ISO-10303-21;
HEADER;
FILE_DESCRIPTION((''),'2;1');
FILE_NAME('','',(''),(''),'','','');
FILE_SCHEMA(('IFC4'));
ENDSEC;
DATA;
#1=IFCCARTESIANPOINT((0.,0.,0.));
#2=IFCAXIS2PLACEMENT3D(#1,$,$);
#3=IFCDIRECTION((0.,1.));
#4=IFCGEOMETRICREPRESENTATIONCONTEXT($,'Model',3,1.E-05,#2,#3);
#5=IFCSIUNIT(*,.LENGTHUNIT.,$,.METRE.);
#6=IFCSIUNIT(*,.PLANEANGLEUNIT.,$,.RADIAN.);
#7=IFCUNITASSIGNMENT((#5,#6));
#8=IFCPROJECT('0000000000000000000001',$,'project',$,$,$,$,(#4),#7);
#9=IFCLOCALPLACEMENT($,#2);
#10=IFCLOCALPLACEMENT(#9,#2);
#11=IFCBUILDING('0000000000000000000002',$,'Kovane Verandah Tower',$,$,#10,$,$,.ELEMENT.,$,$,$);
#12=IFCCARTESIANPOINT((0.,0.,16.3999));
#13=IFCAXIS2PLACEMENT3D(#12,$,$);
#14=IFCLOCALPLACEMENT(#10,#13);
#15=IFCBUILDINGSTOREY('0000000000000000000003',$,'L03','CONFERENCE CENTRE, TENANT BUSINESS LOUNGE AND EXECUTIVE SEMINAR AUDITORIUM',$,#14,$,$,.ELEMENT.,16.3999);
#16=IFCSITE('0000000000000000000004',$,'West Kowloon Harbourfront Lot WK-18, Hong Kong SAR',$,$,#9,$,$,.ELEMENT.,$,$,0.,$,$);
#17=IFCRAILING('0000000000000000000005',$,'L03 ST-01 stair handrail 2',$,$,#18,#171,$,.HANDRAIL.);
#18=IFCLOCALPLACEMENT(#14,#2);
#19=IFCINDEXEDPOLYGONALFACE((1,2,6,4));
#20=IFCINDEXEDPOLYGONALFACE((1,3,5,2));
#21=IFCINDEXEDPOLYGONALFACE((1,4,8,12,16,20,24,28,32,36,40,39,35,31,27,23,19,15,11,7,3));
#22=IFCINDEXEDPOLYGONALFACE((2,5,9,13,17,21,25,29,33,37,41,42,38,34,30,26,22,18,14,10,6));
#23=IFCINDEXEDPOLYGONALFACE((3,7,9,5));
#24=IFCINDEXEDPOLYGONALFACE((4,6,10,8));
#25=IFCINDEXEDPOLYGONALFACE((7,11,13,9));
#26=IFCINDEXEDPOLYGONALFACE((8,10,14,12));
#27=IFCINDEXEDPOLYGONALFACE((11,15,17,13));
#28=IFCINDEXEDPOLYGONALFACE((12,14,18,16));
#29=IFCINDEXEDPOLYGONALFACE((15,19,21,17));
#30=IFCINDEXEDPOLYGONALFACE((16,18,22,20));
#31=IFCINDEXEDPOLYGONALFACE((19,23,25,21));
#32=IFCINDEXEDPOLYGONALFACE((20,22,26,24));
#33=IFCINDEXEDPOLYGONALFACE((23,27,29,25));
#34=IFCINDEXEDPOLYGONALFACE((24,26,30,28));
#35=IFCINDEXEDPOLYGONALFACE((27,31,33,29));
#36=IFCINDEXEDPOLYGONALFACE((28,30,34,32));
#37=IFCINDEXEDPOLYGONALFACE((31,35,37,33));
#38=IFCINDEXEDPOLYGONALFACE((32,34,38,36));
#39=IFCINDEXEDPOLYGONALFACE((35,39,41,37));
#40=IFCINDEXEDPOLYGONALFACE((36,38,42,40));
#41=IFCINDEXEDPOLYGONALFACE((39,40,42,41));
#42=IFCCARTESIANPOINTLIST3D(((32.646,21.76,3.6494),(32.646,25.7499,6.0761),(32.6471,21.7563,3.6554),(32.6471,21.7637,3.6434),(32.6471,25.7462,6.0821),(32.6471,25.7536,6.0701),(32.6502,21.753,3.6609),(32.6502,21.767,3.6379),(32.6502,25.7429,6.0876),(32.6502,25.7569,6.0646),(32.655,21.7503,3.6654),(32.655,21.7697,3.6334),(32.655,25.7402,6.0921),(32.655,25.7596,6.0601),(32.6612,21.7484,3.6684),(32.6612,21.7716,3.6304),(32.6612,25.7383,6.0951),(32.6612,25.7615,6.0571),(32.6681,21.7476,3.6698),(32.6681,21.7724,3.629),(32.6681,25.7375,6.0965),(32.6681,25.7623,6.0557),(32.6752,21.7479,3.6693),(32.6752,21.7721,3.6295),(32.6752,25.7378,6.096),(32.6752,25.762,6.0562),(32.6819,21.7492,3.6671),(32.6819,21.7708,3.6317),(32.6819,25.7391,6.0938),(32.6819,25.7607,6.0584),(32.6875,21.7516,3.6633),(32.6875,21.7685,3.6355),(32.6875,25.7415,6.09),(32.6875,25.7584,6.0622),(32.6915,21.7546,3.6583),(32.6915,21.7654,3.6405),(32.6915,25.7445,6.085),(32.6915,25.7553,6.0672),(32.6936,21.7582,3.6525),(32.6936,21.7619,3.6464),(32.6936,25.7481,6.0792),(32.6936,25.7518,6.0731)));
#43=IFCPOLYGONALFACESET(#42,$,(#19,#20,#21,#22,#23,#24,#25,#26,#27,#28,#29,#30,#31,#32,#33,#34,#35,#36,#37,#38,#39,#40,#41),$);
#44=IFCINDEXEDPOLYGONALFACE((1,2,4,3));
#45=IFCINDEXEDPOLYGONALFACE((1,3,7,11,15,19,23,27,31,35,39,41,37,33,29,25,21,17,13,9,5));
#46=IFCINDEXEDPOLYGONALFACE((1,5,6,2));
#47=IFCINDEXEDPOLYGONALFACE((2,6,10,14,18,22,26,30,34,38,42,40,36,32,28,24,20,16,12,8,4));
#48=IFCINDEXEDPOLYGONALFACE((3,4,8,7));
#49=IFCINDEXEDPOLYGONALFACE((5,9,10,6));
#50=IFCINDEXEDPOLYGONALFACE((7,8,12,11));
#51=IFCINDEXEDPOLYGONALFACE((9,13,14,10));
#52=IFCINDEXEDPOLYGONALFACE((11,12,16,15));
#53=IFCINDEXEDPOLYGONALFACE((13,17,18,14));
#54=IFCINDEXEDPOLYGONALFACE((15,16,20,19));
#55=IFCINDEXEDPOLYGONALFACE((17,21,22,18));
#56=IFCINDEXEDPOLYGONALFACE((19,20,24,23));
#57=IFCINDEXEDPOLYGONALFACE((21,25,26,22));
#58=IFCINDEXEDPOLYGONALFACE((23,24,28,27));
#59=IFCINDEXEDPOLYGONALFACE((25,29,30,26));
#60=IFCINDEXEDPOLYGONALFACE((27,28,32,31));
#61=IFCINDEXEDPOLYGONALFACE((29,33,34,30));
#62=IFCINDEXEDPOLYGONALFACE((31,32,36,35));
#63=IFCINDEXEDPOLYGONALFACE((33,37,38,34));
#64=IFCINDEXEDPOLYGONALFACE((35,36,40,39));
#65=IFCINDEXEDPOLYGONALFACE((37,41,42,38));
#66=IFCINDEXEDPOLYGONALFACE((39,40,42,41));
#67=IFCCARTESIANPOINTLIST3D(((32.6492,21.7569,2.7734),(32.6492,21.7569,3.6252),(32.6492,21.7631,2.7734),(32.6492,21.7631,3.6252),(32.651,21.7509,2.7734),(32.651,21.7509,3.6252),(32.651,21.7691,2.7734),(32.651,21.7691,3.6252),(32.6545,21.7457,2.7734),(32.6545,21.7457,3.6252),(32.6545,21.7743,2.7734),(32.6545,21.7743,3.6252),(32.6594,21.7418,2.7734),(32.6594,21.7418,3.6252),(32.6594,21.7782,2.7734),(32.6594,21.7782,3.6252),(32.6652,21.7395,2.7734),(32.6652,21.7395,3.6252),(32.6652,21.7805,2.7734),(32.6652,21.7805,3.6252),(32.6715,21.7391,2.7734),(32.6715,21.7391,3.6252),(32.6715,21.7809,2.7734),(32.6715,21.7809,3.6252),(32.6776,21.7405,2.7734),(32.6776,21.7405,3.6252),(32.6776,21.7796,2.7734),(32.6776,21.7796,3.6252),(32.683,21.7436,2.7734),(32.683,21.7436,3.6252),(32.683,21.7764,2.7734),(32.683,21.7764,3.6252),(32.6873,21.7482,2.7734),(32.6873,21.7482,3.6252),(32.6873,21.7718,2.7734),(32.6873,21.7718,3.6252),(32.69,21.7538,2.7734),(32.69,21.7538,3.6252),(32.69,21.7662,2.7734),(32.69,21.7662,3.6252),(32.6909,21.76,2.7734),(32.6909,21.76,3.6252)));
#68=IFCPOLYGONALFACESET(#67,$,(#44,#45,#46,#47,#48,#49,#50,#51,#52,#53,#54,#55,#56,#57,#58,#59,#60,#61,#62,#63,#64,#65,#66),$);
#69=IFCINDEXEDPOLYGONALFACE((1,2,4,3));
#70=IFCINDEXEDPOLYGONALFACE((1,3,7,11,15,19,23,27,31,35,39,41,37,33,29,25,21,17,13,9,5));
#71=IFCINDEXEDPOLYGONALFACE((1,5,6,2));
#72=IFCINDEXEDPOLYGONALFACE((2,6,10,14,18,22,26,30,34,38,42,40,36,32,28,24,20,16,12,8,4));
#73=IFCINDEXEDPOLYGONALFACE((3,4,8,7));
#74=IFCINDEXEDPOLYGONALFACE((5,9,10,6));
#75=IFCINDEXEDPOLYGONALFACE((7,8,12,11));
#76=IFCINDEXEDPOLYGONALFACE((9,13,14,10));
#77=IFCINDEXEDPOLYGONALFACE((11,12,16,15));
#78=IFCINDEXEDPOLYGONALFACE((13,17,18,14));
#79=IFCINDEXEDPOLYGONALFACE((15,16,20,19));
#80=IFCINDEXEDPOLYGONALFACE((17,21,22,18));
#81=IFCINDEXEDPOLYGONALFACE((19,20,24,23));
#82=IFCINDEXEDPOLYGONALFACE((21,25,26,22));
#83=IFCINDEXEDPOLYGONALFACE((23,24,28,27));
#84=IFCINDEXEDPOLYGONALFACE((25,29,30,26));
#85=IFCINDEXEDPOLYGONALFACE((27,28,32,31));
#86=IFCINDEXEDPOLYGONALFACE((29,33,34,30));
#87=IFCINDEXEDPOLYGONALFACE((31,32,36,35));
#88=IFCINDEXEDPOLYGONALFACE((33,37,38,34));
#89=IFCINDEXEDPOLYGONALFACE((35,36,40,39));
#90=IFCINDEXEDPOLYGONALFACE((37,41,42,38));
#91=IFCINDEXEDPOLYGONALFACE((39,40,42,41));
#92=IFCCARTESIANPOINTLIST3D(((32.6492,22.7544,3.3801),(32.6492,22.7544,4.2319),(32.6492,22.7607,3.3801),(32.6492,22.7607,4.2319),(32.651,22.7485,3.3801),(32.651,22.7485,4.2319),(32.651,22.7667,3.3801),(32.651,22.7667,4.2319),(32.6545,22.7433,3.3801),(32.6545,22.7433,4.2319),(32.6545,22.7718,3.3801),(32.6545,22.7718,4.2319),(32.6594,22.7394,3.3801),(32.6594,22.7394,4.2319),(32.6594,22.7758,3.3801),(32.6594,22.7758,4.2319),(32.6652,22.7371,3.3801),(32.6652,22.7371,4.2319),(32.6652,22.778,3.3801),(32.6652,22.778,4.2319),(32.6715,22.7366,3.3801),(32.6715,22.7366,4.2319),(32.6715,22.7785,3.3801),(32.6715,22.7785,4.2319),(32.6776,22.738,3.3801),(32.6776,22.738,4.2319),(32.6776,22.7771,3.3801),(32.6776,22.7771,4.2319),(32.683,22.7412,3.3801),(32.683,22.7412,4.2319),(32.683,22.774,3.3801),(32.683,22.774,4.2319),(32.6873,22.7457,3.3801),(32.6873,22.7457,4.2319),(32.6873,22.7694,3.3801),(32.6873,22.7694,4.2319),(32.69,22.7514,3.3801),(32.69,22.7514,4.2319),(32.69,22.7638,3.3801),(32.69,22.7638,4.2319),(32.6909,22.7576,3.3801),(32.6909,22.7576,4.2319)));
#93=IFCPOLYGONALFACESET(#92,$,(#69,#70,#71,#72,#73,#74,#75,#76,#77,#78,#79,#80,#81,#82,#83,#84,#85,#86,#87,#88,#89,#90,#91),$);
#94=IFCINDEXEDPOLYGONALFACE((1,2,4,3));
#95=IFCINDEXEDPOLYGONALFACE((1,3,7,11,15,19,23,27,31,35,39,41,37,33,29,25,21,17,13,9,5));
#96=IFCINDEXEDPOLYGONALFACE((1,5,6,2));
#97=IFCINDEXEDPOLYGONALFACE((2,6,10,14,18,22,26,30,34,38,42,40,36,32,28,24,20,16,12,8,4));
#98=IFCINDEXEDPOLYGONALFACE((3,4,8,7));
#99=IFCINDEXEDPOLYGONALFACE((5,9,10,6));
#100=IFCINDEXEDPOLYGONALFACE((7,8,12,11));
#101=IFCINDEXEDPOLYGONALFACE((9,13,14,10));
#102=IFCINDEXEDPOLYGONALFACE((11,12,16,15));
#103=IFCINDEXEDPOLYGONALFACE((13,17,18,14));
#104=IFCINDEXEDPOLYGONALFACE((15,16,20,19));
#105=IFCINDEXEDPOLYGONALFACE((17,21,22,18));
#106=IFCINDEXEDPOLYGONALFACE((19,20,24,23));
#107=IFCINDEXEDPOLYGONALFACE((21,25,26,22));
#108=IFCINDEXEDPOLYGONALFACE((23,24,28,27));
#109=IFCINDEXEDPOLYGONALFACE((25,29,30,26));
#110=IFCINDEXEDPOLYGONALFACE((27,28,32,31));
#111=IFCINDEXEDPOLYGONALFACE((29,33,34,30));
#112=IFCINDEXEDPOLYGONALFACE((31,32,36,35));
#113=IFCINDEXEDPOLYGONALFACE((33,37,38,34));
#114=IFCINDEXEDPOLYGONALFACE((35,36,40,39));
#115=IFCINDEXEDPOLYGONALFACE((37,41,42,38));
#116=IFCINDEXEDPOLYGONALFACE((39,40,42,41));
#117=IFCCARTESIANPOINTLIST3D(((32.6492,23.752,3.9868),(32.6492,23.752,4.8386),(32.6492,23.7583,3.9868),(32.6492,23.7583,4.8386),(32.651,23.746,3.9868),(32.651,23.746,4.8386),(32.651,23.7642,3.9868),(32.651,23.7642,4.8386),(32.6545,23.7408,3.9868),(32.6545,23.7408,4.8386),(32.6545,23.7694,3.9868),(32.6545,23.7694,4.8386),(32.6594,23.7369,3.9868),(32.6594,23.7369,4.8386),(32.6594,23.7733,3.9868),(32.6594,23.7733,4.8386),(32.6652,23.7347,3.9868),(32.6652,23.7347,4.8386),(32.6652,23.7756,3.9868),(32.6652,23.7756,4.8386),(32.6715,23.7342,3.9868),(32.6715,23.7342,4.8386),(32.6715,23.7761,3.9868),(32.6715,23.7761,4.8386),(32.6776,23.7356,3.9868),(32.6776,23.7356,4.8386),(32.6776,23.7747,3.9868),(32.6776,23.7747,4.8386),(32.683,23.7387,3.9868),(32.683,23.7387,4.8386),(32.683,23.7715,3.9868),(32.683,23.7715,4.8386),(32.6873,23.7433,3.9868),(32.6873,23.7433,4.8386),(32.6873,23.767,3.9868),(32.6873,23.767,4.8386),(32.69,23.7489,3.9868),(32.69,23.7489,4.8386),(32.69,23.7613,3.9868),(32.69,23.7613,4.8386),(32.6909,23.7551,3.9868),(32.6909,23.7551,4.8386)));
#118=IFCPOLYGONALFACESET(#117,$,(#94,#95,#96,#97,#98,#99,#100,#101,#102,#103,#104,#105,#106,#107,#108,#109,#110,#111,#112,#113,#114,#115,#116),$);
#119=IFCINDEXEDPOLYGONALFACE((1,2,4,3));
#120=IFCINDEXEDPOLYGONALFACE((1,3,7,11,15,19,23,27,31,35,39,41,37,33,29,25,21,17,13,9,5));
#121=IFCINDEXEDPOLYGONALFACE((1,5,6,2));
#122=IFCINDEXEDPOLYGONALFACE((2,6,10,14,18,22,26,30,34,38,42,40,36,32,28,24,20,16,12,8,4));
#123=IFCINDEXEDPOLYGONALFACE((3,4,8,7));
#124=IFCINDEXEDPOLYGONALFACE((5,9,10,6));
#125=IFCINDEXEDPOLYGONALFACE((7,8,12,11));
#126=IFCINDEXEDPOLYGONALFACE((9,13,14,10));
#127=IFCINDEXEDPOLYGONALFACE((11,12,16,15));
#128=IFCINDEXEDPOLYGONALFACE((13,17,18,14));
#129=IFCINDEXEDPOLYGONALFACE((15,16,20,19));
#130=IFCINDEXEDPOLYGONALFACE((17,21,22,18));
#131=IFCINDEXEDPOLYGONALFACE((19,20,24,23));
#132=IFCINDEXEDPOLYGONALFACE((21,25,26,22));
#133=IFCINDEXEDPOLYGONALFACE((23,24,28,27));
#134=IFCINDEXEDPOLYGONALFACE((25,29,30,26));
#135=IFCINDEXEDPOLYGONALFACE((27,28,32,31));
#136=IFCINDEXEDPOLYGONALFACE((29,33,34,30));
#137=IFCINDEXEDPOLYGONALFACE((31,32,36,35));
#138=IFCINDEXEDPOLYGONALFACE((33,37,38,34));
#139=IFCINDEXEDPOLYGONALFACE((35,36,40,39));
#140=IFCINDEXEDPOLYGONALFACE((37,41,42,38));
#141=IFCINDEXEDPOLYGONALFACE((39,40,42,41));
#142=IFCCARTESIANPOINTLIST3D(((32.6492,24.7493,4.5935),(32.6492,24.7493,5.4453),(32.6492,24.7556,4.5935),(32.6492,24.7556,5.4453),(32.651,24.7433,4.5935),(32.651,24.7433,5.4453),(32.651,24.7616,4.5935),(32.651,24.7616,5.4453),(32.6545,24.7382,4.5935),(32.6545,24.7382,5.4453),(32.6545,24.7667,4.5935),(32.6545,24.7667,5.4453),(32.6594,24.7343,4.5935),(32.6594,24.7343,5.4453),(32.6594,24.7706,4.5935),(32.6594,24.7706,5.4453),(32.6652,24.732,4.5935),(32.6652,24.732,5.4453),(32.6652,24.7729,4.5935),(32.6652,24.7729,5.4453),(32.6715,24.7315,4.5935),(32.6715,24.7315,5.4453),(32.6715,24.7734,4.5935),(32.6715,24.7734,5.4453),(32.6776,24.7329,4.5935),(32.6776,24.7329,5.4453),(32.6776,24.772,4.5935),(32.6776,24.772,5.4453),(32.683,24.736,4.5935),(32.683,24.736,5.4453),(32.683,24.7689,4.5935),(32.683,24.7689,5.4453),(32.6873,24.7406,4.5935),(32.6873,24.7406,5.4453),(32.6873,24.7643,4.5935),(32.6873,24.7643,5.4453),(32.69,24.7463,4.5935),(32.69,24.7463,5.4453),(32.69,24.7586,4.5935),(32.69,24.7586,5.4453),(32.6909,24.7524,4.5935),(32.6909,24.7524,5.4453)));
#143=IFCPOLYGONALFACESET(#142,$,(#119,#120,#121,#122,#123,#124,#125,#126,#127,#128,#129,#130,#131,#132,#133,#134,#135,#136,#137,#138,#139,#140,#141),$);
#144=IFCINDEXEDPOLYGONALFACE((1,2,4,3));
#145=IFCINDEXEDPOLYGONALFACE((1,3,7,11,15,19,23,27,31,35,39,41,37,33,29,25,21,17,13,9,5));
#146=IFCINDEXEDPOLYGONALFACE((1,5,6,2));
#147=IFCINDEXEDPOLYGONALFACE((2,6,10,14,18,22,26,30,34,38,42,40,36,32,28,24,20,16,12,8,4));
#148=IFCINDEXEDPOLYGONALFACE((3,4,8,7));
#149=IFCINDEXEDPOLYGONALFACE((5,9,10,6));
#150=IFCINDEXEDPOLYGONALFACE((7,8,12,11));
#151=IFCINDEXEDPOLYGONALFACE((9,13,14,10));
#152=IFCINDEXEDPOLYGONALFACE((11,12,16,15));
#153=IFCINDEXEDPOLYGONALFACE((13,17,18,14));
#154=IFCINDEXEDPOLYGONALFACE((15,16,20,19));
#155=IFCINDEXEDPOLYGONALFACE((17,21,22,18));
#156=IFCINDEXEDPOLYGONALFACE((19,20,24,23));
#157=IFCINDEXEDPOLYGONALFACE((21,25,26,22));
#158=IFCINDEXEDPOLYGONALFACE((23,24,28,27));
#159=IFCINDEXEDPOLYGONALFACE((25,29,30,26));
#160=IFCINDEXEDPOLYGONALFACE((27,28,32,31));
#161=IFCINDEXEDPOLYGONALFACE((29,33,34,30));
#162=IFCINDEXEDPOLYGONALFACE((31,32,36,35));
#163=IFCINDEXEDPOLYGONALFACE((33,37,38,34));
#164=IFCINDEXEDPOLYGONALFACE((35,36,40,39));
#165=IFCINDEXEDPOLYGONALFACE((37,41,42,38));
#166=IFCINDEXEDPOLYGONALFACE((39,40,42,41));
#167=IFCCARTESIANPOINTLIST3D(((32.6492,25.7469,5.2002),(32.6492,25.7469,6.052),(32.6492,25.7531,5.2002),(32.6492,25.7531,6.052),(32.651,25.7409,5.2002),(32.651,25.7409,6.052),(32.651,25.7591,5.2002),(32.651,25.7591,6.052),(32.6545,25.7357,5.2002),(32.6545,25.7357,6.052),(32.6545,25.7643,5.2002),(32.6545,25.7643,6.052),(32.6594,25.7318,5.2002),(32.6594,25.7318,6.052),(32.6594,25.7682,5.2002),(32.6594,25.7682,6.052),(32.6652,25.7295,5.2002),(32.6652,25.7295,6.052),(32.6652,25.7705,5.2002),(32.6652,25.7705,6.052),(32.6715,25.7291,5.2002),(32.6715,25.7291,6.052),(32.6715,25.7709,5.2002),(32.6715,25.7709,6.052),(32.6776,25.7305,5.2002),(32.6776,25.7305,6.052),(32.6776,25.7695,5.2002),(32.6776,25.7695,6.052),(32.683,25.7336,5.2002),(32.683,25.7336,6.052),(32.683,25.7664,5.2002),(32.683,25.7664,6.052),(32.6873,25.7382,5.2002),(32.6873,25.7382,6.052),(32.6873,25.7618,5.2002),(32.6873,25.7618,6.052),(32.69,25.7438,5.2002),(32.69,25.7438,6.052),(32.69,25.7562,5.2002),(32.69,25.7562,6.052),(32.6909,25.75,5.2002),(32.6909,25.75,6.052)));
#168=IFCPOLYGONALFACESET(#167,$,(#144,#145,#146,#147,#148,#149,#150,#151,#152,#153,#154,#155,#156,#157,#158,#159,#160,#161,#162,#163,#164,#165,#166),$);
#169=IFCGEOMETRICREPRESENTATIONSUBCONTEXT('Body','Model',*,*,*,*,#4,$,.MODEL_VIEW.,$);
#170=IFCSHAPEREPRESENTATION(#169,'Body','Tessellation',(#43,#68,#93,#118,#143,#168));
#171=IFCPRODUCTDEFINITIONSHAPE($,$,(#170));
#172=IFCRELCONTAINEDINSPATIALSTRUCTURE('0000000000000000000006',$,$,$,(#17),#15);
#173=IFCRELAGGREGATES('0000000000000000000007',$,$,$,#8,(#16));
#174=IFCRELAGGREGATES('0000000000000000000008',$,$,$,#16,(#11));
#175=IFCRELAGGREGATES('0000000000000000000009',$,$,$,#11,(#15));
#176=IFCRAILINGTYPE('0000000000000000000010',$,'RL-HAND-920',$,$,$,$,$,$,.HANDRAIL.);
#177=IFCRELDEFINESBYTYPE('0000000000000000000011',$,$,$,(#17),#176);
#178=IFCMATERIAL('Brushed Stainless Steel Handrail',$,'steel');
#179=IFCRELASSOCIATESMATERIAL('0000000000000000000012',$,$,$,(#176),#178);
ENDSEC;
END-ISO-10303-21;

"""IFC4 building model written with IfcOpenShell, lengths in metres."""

from ifc_helpers import new_model, si_unit, direction, frame, origin, origin_2d, place, context, subcontext, project, spatial, circle, extrude, material, type_object, element, save


model = new_model("IFC4")

# Units and contexts
model_context = context("Model", 3, precision=1e-05, world=origin(), true_north=direction((0.0, 1.0)))
body_context = subcontext(model_context, "Body", "Model", "MODEL_VIEW")
ifc_project = project(units=[si_unit("LENGTHUNIT", "METRE"), si_unit("PLANEANGLEUNIT", "RADIAN")], contexts=[model_context])

# Site, building, storey
site_placement = place(None, origin())
site = spatial("IfcSite", under=ifc_project, at=site_placement, Name="West Kowloon Harbourfront Lot WK-18, Hong Kong SAR", CompositionType="ELEMENT", RefElevation=0.0)
building_placement = place(site_placement, origin())
building = spatial("IfcBuilding", under=site, at=building_placement, Name="Kovane Verandah Tower", CompositionType="ELEMENT")
storey_placement = place(building_placement, frame((0.0, 0.0, 16.3999)))
storey = spatial("IfcBuildingStorey", under=building, at=storey_placement, Name="L03", Description="CONFERENCE CENTRE, TENANT BUSINESS LOUNGE AND EXECUTIVE SEMINAR AUDITORIUM", CompositionType="ELEMENT", Elevation=16.3999)

# Railing
ifc_material_1 = material(Name="Brushed Stainless Steel Handrail", Category="steel")
railing_type_1 = type_object("IfcRailingType", Name="RL-HAND-920", PredefinedType="HANDRAIL", material=ifc_material_1)
railing_1_placement = place(storey_placement, frame((32.6699, 21.76, 2.7734)))
element("IfcRailing", 1, at=railing_1_placement, inside=storey, type_object=railing_type_1, Name="L03 ST-01 stair handrail 2", PredefinedType="HANDRAIL", context=body_context, shape_type="SweptSolid", body=[
    extrude(circle(Radius=0.0239, at=origin_2d()), frame((0.0, 0.0, 0.876), z_axis=(0.0, 0.854382, 0.519645), x_axis=(-1.0, 0.0, 0.0)), (0.0, 0.0, 1.0), 4.6699),
    extrude(circle(Radius=0.021, at=origin_2d()), origin(), (0.0, 0.0, 1.0), 0.8518),
    extrude(circle(Radius=0.021, at=origin_2d()), frame((0.0, 0.9976, 0.6067)), (0.0, 0.0, 1.0), 0.8518),
    extrude(circle(Radius=0.021, at=origin_2d()), frame((0.0, 1.9951, 1.2134)), (0.0, 0.0, 1.0), 0.8518),
    extrude(circle(Radius=0.021, at=origin_2d()), frame((0.0, 2.9924, 1.8201)), (0.0, 0.0, 1.0), 0.8518),
    extrude(circle(Radius=0.021, at=origin_2d()), frame((0.0, 3.99, 2.4268)), (0.0, 0.0, 1.0), 0.8518),
])

save(model, "model.ifc")
